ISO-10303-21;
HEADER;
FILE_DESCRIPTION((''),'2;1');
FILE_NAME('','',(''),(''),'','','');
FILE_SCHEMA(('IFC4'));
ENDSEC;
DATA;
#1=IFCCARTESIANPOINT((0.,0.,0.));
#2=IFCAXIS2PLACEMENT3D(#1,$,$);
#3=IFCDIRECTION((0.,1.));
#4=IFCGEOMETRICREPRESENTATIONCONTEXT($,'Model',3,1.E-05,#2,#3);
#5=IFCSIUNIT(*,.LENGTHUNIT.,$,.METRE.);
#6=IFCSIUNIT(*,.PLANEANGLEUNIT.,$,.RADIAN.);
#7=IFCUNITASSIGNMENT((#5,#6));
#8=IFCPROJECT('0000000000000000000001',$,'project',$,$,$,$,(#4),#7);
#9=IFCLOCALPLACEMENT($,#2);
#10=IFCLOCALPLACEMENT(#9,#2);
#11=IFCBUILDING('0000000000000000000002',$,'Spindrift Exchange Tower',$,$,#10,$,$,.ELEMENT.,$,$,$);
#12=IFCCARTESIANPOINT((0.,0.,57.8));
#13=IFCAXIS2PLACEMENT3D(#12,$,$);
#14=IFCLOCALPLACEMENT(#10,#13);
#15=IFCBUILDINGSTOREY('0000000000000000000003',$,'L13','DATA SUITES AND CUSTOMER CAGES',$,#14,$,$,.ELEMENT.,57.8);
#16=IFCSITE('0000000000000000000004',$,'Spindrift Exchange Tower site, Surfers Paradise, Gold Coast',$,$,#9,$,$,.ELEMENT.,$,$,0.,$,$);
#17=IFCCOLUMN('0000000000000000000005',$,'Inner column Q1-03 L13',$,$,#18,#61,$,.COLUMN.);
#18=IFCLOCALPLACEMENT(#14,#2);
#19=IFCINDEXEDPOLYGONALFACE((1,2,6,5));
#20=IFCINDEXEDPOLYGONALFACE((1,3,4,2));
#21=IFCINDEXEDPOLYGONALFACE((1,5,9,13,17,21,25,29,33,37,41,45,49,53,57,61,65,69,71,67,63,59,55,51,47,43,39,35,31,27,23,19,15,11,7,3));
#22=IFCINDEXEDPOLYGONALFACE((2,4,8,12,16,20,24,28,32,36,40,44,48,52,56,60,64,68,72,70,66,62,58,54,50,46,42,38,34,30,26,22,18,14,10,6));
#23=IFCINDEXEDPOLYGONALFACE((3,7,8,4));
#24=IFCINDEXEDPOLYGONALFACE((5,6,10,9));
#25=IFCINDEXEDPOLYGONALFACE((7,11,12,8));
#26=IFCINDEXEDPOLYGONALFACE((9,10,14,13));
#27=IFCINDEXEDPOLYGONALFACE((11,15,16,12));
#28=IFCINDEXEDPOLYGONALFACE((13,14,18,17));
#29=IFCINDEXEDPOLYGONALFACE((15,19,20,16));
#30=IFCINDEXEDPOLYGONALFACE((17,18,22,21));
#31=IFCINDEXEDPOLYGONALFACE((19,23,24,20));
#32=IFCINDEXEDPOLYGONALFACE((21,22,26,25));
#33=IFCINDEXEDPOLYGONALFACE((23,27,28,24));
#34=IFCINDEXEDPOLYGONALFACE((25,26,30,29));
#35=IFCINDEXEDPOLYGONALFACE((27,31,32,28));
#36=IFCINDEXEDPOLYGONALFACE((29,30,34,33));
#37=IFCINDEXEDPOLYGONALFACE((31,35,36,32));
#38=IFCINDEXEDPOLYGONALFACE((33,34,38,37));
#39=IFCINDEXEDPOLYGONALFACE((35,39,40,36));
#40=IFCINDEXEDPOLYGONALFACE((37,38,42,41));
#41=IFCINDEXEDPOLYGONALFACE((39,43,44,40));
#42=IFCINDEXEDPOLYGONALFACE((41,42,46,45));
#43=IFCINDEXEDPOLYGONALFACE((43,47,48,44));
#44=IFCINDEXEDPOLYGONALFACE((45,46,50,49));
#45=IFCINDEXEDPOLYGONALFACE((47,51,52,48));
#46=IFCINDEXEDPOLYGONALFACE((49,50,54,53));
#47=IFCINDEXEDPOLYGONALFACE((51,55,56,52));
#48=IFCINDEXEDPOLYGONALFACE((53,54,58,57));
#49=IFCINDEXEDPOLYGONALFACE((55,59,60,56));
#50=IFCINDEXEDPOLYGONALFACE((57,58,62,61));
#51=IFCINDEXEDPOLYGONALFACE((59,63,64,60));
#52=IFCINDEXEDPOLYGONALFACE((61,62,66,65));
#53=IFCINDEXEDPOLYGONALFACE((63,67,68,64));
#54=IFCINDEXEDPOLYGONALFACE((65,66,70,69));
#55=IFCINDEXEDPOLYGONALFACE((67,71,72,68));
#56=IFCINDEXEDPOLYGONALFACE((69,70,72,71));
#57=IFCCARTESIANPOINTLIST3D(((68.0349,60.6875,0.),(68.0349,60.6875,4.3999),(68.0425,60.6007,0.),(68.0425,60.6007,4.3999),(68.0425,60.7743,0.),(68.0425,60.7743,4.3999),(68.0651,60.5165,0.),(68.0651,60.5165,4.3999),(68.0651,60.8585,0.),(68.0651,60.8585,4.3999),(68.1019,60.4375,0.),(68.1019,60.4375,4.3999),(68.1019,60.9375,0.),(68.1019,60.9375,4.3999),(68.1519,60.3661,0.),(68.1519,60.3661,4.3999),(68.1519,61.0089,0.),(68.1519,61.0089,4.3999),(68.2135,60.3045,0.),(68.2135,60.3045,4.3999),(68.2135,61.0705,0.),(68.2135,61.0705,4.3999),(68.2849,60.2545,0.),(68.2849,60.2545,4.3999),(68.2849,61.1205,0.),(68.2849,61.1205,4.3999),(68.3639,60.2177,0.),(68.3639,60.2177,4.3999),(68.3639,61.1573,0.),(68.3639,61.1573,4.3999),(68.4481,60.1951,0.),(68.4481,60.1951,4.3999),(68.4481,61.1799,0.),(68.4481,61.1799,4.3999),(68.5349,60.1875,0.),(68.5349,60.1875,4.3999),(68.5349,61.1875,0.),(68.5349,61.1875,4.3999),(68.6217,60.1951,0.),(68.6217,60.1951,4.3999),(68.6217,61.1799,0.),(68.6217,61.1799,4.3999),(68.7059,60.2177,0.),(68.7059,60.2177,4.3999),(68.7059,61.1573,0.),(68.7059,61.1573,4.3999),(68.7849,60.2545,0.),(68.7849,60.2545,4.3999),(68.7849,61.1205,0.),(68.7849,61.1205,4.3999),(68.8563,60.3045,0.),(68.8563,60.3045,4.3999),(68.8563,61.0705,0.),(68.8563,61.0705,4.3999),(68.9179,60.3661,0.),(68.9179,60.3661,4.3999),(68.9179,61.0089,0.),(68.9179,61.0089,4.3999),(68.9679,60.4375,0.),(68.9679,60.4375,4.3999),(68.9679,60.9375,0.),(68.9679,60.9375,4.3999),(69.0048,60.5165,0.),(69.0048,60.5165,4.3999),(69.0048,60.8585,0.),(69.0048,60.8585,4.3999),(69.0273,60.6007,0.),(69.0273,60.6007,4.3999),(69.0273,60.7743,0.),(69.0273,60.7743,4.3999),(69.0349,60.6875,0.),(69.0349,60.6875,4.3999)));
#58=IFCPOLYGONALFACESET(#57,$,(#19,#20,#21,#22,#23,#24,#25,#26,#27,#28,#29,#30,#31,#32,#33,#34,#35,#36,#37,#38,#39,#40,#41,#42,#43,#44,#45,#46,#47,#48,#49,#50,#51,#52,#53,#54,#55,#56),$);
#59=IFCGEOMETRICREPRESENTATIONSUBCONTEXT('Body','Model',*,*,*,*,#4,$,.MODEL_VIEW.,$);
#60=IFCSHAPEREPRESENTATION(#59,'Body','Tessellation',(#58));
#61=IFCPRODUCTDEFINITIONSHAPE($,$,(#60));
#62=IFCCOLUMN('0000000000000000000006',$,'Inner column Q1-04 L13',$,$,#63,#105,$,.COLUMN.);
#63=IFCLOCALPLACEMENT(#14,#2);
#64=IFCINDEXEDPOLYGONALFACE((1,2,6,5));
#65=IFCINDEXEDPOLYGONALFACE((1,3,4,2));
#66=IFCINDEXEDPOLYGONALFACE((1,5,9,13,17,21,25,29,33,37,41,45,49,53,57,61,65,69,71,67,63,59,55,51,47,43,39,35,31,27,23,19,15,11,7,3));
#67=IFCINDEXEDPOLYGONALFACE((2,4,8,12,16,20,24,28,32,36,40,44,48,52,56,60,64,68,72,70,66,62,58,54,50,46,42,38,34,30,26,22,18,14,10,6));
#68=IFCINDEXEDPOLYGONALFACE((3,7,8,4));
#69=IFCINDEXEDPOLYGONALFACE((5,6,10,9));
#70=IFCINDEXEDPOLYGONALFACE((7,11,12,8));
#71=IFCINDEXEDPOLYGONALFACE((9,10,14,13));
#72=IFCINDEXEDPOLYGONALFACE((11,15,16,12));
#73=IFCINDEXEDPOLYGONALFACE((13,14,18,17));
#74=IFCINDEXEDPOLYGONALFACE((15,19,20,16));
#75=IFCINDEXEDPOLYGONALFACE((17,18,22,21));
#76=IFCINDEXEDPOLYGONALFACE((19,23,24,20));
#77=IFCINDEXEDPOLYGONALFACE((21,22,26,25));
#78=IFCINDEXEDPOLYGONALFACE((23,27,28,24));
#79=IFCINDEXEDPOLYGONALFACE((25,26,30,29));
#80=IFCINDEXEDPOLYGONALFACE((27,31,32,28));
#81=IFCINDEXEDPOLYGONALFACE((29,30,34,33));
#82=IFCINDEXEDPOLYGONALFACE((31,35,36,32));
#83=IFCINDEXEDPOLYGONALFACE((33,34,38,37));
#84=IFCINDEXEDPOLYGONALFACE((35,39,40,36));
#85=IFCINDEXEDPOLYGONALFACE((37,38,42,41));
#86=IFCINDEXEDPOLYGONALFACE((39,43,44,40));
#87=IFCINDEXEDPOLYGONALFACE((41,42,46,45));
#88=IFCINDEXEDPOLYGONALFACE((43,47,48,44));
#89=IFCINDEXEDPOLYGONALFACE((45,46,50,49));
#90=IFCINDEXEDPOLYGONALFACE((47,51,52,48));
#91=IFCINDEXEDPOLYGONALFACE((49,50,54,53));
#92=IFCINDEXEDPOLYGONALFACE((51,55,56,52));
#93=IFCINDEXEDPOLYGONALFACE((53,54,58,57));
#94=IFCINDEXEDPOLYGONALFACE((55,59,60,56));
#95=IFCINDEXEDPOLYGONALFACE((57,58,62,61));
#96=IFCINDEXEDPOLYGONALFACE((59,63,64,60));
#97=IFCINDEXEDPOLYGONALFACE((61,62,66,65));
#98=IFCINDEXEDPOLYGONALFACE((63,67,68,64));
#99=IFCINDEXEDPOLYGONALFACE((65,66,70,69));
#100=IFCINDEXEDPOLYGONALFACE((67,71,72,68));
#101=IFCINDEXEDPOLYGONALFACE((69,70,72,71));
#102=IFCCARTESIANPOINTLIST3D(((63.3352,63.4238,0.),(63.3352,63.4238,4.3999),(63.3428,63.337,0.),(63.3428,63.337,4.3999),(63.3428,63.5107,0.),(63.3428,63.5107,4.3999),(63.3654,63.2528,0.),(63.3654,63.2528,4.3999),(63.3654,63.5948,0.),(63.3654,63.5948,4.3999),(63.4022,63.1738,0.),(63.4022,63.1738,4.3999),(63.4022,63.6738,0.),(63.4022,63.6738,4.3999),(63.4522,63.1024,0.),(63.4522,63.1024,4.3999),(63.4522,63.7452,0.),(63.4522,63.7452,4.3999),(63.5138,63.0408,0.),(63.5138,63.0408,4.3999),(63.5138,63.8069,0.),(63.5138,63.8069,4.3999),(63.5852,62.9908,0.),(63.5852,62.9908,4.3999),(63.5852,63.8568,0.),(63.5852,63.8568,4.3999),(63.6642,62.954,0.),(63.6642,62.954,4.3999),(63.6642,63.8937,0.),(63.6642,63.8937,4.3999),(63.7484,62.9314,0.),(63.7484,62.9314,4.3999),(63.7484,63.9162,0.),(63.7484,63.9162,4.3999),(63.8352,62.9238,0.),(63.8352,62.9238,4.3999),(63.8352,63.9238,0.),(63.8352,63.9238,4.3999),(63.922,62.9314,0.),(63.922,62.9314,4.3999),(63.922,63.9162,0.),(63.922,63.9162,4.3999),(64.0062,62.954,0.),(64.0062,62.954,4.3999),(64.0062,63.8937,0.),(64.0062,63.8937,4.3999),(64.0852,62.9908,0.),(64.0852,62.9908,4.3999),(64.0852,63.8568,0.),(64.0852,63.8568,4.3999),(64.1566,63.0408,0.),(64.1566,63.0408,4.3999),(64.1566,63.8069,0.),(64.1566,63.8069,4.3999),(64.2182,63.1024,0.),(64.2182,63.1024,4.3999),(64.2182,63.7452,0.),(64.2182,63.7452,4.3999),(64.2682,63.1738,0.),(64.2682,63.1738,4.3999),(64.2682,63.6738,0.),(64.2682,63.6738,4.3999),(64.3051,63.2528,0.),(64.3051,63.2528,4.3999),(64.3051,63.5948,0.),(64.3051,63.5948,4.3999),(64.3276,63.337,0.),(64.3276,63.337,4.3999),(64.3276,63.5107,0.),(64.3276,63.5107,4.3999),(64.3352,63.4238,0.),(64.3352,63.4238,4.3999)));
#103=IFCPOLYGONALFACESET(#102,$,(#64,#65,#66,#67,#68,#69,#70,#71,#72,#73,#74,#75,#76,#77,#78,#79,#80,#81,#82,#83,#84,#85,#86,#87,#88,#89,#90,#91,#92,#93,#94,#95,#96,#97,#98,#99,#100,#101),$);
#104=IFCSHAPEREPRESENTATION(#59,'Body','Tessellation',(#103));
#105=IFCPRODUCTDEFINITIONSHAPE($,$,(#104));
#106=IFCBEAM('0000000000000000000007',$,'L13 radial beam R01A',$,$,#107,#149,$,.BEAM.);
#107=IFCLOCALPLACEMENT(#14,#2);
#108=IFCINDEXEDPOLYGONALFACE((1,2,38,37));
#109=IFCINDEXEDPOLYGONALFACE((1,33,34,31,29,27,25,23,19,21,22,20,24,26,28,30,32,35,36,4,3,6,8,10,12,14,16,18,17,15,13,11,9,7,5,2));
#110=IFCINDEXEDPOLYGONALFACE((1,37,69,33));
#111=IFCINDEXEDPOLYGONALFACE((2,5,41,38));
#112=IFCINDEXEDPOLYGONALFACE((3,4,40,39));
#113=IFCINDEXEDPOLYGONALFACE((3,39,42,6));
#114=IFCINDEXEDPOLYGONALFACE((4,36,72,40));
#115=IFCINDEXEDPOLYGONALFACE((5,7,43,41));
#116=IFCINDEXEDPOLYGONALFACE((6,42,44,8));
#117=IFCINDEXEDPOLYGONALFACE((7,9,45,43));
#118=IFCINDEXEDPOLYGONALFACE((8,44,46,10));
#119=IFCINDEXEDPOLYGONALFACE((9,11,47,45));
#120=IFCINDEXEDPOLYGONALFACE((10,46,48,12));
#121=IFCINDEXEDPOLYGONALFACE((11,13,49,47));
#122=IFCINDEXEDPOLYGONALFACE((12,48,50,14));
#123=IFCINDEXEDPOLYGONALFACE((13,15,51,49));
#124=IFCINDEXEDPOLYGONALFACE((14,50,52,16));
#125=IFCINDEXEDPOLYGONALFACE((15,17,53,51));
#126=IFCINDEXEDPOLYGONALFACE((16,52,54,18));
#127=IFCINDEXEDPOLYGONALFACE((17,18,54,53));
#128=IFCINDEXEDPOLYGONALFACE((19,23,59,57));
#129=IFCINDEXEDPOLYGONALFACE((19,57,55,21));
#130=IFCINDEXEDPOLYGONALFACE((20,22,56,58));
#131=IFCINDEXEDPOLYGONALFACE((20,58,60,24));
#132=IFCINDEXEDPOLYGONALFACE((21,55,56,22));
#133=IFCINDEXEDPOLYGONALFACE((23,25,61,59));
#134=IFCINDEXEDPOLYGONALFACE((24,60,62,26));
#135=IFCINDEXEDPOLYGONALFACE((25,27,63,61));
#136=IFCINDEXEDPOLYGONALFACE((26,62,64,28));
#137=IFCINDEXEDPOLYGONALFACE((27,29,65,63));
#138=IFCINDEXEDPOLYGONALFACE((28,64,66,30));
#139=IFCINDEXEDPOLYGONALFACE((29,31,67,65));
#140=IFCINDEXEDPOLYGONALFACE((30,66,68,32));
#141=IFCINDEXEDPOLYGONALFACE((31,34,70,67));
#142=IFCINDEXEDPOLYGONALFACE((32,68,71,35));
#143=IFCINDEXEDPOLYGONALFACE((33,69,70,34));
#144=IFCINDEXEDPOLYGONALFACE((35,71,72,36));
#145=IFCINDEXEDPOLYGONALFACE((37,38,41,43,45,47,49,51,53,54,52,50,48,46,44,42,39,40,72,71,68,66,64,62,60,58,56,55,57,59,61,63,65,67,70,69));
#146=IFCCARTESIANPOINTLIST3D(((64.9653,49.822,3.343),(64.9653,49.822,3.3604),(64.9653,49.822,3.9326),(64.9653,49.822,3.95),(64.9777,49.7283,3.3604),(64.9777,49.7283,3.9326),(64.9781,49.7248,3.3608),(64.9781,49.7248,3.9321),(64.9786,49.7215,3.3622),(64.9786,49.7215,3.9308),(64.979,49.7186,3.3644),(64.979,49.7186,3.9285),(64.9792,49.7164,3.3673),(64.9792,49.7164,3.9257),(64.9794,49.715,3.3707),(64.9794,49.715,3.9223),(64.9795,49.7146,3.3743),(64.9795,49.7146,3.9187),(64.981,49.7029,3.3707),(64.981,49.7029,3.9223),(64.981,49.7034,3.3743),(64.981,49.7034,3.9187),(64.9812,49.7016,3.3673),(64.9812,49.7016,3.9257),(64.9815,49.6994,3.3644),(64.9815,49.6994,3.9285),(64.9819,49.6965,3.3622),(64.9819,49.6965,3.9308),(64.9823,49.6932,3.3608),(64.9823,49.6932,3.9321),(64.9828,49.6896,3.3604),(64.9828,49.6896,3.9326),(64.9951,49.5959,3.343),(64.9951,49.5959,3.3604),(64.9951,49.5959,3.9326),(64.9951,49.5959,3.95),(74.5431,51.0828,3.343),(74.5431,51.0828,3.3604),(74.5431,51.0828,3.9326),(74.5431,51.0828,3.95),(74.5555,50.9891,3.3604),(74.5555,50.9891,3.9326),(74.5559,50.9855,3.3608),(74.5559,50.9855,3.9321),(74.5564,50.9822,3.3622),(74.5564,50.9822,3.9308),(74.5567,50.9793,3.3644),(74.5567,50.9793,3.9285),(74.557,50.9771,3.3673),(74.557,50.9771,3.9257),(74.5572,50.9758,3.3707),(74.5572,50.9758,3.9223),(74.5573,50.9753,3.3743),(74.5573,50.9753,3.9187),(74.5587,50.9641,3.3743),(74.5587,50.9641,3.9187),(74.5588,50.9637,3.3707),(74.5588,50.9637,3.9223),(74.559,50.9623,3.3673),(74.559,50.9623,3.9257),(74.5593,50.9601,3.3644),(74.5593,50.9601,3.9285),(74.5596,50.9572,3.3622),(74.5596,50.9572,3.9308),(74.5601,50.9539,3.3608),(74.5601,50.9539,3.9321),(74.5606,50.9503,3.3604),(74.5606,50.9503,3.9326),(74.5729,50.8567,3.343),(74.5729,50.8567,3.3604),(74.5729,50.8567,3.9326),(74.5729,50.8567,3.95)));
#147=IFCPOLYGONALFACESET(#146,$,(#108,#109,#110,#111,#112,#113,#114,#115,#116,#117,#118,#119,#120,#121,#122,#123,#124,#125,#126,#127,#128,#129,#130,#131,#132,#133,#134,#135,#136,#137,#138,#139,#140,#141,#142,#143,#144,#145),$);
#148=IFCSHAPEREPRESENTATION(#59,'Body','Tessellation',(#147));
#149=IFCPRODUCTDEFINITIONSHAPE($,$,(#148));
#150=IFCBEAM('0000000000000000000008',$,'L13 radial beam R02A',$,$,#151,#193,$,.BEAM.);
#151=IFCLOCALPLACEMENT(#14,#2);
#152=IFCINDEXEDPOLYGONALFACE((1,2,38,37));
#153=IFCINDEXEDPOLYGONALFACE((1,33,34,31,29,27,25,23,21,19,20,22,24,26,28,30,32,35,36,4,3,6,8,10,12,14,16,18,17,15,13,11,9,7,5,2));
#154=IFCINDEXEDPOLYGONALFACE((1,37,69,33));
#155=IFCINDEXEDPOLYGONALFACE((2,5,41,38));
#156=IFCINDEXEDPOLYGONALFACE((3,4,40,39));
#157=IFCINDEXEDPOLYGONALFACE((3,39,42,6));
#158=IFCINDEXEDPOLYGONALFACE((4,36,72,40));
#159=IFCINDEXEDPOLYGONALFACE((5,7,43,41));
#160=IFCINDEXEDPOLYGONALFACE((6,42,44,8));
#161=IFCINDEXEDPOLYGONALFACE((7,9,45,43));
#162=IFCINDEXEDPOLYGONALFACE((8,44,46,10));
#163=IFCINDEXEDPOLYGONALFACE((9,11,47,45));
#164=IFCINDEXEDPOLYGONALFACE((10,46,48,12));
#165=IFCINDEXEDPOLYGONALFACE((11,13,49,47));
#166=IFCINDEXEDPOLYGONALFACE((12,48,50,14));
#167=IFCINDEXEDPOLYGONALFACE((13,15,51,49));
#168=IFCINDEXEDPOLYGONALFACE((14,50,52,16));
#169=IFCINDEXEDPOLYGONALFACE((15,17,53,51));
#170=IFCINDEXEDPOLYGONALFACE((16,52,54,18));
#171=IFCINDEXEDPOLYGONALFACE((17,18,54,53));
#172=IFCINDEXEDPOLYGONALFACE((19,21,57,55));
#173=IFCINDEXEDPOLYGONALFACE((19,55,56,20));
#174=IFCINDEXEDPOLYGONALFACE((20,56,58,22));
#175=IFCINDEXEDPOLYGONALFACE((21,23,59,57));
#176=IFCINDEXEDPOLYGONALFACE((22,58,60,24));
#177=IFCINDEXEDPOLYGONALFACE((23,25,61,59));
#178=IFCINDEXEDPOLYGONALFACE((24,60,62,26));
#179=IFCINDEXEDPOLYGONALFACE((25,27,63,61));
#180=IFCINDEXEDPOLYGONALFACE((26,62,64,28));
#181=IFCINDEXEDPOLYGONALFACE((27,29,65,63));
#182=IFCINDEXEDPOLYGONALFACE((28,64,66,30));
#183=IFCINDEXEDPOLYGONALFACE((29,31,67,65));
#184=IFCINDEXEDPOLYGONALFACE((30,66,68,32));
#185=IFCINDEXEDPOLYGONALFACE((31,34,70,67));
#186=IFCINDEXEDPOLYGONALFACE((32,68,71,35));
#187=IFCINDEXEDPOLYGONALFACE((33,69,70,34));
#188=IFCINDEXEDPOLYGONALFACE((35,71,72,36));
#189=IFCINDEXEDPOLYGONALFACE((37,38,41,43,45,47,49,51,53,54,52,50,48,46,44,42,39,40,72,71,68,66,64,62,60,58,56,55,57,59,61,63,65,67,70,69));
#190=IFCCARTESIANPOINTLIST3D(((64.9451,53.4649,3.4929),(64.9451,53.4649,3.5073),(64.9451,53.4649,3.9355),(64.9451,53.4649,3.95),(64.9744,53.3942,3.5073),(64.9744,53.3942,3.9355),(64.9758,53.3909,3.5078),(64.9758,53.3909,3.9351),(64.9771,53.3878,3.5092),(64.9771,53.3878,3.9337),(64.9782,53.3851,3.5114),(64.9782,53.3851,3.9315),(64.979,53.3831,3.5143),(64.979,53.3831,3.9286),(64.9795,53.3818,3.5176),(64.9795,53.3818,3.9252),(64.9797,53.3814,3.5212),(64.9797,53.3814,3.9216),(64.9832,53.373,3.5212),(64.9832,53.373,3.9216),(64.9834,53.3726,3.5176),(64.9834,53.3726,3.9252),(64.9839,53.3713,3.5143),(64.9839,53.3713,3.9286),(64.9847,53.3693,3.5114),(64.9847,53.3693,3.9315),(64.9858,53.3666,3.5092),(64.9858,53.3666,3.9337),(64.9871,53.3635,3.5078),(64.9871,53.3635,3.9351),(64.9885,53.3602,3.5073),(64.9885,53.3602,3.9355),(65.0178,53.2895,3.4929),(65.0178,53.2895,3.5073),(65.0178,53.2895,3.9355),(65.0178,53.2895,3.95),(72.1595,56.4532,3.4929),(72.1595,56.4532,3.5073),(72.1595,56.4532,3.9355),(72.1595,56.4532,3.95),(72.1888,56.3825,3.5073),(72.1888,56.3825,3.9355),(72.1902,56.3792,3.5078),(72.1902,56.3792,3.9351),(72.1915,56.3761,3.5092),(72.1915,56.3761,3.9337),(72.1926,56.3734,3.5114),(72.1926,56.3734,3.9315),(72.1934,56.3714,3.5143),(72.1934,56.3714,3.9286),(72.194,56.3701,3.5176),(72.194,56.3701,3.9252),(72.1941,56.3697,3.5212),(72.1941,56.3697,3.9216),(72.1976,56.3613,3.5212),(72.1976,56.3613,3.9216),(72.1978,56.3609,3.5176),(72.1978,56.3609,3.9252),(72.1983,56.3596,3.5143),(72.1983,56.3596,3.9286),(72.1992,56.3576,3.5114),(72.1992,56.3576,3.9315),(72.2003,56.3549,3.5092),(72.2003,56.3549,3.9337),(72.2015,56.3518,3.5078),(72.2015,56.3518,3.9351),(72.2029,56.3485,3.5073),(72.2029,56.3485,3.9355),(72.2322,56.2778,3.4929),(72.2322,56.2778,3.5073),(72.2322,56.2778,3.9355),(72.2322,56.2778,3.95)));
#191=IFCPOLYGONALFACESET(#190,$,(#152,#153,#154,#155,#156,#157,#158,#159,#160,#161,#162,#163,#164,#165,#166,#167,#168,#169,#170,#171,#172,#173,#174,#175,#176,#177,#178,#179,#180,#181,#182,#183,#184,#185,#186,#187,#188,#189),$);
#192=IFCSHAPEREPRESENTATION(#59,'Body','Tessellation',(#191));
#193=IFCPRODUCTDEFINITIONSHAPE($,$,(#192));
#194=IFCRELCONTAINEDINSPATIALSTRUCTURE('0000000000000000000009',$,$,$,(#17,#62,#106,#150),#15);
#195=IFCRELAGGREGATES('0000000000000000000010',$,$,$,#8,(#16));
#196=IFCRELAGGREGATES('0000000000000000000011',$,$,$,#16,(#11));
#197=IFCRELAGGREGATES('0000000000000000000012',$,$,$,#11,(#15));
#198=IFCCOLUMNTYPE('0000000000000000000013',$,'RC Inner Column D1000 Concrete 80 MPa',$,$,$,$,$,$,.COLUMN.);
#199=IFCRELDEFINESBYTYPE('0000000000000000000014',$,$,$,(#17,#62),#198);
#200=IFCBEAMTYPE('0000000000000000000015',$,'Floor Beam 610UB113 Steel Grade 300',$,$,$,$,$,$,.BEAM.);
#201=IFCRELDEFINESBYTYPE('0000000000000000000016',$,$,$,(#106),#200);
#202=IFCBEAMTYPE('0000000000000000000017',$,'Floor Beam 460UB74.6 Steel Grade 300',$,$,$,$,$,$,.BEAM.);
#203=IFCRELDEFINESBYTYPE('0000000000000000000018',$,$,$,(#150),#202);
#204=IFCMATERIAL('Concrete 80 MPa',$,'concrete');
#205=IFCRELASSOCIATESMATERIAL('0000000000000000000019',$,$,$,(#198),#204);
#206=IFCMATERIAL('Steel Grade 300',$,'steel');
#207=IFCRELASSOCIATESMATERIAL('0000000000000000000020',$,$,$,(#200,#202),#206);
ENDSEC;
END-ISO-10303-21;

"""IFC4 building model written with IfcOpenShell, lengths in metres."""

from ifc_helpers import new_model, si_unit, direction, frame, origin, origin_2d, place, context, subcontext, project, spatial, circle, i_section, extrude, source, transform, mapped, material, material_profile, profile_set, type_object, element, save


model = new_model("IFC4")

# Units and contexts
model_context = context("Model", 3, precision=1e-05, world=origin(), true_north=direction((0.0, 1.0)))
body_context = subcontext(model_context, "Body", "Model", "MODEL_VIEW")
ifc_project = project(units=[si_unit("LENGTHUNIT", "METRE"), si_unit("PLANEANGLEUNIT", "RADIAN")], contexts=[model_context])

# Site, building, storey
site_placement = place(None, origin())
site = spatial("IfcSite", under=ifc_project, at=site_placement, Name="Spindrift Exchange Tower site, Surfers Paradise, Gold Coast", CompositionType="ELEMENT", RefElevation=0.0)
building_placement = place(site_placement, origin())
building = spatial("IfcBuilding", under=site, at=building_placement, Name="Spindrift Exchange Tower", CompositionType="ELEMENT")
storey_placement = place(building_placement, frame((0.0, 0.0, 57.8)))
storey = spatial("IfcBuildingStorey", under=building, at=storey_placement, Name="L13", Description="DATA SUITES AND CUSTOMER CAGES", CompositionType="ELEMENT", Elevation=57.8)

# Columns
ifc_material_1 = material(Name="Concrete 80 MPa", Category="concrete")
ifc_material_profile_1 = material_profile(ifc_material_1, circle(Radius=0.5, at=origin_2d()), Name="RC D1000")
ifc_profile_set_1 = profile_set([ifc_material_profile_1], Name="Concrete 80 MPa")
column_type = type_object("IfcColumnType", Name="RC Inner Column D1000 Concrete 80 MPa", PredefinedType="COLUMN", material=ifc_profile_set_1)
shared_shape_1 = source(origin(), body_context, "Body", "SweptSolid", [
    extrude(circle(Radius=0.5, at=origin_2d()), origin(), (0.0, 0.0, 1.0), 4.3999),
])
for number, where, z_axis, x_axis, name in (
    (1, (68.5349, 60.6875, 0.0), (0.0, 0.0, 1.0), (1.0, 0.0, 0.0), "Inner column Q1-03 L13"),
    (2, (63.8352, 63.4238, 0.0), (0.0, 0.0, 1.0), (1.0, 0.0, 0.0), "Inner column Q1-04 L13"),
):
    element("IfcColumn", number, at=place(storey_placement, frame(where, z_axis=z_axis, x_axis=x_axis)), inside=storey, type_object=column_type, Name=name, PredefinedType="COLUMN", context=body_context, shape_type="MappedRepresentation", body=[
        mapped(shared_shape_1, transform((0.0, 0.0, 0.0), scale=1.0)),
    ])

# Beams
ifc_material_2 = material(Name="Steel Grade 300", Category="steel")
ifc_material_profile_2 = material_profile(ifc_material_2, i_section(OverallWidth=0.228, OverallDepth=0.6069, WebThickness=0.0112, FlangeThickness=0.0173, FilletRadius=0.0139, at=origin_2d()), Name="610UB113")
ifc_profile_set_2 = profile_set([ifc_material_profile_2], Name="Steel Grade 300")
beam_type_1 = type_object("IfcBeamType", Name="Floor Beam 610UB113 Steel Grade 300", PredefinedType="BEAM", material=ifc_profile_set_2)
shared_shape_2 = source(origin(), body_context, "Body", "SweptSolid", [
    extrude(i_section(OverallWidth=0.228, OverallDepth=0.6069, WebThickness=0.0112, FlangeThickness=0.0173, FilletRadius=0.0139, at=origin_2d()), origin(), (0.0, 0.0, 1.0), 9.6604),
])
beam_1_placement = place(storey_placement, frame((64.9802, 49.709, 3.6465), z_axis=(0.991448, 0.130505, 0.0), x_axis=(-0.130505, 0.991448, 0.0)))
element("IfcBeam", 3, at=beam_1_placement, inside=storey, type_object=beam_type_1, Name="L13 radial beam R01A", PredefinedType="BEAM", context=body_context, shape_type="MappedRepresentation", body=[
    mapped(shared_shape_2, transform((0.0, 0.0, 0.0), scale=1.0)),
])
ifc_material_profile_3 = material_profile(ifc_material_2, i_section(OverallWidth=0.1899, OverallDepth=0.457, WebThickness=0.009, FlangeThickness=0.0144, FilletRadius=0.0139, at=origin_2d()), Name="460UB74.6")
ifc_profile_set_3 = profile_set([ifc_material_profile_3], Name="Steel Grade 300")
beam_type_2 = type_object("IfcBeamType", Name="Floor Beam 460UB74.6 Steel Grade 300", PredefinedType="BEAM", material=ifc_profile_set_3)
shared_shape_3 = source(origin(), body_context, "Body", "SweptSolid", [
    extrude(i_section(OverallWidth=0.1899, OverallDepth=0.457, WebThickness=0.009, FlangeThickness=0.0144, FilletRadius=0.0139, at=origin_2d()), origin(), (0.0, 0.0, 1.0), 7.8088),
])
beam_2_placement = place(storey_placement, frame((64.9814, 53.3772, 3.7214), z_axis=(0.92388, 0.382683, 0.0), x_axis=(-0.382683, 0.92388, 0.0)))
element("IfcBeam", 4, at=beam_2_placement, inside=storey, type_object=beam_type_2, Name="L13 radial beam R02A", PredefinedType="BEAM", context=body_context, shape_type="MappedRepresentation", body=[
    mapped(shared_shape_3, transform((0.0, 0.0, 0.0), scale=1.0)),
])

save(model, "model.ifc")
